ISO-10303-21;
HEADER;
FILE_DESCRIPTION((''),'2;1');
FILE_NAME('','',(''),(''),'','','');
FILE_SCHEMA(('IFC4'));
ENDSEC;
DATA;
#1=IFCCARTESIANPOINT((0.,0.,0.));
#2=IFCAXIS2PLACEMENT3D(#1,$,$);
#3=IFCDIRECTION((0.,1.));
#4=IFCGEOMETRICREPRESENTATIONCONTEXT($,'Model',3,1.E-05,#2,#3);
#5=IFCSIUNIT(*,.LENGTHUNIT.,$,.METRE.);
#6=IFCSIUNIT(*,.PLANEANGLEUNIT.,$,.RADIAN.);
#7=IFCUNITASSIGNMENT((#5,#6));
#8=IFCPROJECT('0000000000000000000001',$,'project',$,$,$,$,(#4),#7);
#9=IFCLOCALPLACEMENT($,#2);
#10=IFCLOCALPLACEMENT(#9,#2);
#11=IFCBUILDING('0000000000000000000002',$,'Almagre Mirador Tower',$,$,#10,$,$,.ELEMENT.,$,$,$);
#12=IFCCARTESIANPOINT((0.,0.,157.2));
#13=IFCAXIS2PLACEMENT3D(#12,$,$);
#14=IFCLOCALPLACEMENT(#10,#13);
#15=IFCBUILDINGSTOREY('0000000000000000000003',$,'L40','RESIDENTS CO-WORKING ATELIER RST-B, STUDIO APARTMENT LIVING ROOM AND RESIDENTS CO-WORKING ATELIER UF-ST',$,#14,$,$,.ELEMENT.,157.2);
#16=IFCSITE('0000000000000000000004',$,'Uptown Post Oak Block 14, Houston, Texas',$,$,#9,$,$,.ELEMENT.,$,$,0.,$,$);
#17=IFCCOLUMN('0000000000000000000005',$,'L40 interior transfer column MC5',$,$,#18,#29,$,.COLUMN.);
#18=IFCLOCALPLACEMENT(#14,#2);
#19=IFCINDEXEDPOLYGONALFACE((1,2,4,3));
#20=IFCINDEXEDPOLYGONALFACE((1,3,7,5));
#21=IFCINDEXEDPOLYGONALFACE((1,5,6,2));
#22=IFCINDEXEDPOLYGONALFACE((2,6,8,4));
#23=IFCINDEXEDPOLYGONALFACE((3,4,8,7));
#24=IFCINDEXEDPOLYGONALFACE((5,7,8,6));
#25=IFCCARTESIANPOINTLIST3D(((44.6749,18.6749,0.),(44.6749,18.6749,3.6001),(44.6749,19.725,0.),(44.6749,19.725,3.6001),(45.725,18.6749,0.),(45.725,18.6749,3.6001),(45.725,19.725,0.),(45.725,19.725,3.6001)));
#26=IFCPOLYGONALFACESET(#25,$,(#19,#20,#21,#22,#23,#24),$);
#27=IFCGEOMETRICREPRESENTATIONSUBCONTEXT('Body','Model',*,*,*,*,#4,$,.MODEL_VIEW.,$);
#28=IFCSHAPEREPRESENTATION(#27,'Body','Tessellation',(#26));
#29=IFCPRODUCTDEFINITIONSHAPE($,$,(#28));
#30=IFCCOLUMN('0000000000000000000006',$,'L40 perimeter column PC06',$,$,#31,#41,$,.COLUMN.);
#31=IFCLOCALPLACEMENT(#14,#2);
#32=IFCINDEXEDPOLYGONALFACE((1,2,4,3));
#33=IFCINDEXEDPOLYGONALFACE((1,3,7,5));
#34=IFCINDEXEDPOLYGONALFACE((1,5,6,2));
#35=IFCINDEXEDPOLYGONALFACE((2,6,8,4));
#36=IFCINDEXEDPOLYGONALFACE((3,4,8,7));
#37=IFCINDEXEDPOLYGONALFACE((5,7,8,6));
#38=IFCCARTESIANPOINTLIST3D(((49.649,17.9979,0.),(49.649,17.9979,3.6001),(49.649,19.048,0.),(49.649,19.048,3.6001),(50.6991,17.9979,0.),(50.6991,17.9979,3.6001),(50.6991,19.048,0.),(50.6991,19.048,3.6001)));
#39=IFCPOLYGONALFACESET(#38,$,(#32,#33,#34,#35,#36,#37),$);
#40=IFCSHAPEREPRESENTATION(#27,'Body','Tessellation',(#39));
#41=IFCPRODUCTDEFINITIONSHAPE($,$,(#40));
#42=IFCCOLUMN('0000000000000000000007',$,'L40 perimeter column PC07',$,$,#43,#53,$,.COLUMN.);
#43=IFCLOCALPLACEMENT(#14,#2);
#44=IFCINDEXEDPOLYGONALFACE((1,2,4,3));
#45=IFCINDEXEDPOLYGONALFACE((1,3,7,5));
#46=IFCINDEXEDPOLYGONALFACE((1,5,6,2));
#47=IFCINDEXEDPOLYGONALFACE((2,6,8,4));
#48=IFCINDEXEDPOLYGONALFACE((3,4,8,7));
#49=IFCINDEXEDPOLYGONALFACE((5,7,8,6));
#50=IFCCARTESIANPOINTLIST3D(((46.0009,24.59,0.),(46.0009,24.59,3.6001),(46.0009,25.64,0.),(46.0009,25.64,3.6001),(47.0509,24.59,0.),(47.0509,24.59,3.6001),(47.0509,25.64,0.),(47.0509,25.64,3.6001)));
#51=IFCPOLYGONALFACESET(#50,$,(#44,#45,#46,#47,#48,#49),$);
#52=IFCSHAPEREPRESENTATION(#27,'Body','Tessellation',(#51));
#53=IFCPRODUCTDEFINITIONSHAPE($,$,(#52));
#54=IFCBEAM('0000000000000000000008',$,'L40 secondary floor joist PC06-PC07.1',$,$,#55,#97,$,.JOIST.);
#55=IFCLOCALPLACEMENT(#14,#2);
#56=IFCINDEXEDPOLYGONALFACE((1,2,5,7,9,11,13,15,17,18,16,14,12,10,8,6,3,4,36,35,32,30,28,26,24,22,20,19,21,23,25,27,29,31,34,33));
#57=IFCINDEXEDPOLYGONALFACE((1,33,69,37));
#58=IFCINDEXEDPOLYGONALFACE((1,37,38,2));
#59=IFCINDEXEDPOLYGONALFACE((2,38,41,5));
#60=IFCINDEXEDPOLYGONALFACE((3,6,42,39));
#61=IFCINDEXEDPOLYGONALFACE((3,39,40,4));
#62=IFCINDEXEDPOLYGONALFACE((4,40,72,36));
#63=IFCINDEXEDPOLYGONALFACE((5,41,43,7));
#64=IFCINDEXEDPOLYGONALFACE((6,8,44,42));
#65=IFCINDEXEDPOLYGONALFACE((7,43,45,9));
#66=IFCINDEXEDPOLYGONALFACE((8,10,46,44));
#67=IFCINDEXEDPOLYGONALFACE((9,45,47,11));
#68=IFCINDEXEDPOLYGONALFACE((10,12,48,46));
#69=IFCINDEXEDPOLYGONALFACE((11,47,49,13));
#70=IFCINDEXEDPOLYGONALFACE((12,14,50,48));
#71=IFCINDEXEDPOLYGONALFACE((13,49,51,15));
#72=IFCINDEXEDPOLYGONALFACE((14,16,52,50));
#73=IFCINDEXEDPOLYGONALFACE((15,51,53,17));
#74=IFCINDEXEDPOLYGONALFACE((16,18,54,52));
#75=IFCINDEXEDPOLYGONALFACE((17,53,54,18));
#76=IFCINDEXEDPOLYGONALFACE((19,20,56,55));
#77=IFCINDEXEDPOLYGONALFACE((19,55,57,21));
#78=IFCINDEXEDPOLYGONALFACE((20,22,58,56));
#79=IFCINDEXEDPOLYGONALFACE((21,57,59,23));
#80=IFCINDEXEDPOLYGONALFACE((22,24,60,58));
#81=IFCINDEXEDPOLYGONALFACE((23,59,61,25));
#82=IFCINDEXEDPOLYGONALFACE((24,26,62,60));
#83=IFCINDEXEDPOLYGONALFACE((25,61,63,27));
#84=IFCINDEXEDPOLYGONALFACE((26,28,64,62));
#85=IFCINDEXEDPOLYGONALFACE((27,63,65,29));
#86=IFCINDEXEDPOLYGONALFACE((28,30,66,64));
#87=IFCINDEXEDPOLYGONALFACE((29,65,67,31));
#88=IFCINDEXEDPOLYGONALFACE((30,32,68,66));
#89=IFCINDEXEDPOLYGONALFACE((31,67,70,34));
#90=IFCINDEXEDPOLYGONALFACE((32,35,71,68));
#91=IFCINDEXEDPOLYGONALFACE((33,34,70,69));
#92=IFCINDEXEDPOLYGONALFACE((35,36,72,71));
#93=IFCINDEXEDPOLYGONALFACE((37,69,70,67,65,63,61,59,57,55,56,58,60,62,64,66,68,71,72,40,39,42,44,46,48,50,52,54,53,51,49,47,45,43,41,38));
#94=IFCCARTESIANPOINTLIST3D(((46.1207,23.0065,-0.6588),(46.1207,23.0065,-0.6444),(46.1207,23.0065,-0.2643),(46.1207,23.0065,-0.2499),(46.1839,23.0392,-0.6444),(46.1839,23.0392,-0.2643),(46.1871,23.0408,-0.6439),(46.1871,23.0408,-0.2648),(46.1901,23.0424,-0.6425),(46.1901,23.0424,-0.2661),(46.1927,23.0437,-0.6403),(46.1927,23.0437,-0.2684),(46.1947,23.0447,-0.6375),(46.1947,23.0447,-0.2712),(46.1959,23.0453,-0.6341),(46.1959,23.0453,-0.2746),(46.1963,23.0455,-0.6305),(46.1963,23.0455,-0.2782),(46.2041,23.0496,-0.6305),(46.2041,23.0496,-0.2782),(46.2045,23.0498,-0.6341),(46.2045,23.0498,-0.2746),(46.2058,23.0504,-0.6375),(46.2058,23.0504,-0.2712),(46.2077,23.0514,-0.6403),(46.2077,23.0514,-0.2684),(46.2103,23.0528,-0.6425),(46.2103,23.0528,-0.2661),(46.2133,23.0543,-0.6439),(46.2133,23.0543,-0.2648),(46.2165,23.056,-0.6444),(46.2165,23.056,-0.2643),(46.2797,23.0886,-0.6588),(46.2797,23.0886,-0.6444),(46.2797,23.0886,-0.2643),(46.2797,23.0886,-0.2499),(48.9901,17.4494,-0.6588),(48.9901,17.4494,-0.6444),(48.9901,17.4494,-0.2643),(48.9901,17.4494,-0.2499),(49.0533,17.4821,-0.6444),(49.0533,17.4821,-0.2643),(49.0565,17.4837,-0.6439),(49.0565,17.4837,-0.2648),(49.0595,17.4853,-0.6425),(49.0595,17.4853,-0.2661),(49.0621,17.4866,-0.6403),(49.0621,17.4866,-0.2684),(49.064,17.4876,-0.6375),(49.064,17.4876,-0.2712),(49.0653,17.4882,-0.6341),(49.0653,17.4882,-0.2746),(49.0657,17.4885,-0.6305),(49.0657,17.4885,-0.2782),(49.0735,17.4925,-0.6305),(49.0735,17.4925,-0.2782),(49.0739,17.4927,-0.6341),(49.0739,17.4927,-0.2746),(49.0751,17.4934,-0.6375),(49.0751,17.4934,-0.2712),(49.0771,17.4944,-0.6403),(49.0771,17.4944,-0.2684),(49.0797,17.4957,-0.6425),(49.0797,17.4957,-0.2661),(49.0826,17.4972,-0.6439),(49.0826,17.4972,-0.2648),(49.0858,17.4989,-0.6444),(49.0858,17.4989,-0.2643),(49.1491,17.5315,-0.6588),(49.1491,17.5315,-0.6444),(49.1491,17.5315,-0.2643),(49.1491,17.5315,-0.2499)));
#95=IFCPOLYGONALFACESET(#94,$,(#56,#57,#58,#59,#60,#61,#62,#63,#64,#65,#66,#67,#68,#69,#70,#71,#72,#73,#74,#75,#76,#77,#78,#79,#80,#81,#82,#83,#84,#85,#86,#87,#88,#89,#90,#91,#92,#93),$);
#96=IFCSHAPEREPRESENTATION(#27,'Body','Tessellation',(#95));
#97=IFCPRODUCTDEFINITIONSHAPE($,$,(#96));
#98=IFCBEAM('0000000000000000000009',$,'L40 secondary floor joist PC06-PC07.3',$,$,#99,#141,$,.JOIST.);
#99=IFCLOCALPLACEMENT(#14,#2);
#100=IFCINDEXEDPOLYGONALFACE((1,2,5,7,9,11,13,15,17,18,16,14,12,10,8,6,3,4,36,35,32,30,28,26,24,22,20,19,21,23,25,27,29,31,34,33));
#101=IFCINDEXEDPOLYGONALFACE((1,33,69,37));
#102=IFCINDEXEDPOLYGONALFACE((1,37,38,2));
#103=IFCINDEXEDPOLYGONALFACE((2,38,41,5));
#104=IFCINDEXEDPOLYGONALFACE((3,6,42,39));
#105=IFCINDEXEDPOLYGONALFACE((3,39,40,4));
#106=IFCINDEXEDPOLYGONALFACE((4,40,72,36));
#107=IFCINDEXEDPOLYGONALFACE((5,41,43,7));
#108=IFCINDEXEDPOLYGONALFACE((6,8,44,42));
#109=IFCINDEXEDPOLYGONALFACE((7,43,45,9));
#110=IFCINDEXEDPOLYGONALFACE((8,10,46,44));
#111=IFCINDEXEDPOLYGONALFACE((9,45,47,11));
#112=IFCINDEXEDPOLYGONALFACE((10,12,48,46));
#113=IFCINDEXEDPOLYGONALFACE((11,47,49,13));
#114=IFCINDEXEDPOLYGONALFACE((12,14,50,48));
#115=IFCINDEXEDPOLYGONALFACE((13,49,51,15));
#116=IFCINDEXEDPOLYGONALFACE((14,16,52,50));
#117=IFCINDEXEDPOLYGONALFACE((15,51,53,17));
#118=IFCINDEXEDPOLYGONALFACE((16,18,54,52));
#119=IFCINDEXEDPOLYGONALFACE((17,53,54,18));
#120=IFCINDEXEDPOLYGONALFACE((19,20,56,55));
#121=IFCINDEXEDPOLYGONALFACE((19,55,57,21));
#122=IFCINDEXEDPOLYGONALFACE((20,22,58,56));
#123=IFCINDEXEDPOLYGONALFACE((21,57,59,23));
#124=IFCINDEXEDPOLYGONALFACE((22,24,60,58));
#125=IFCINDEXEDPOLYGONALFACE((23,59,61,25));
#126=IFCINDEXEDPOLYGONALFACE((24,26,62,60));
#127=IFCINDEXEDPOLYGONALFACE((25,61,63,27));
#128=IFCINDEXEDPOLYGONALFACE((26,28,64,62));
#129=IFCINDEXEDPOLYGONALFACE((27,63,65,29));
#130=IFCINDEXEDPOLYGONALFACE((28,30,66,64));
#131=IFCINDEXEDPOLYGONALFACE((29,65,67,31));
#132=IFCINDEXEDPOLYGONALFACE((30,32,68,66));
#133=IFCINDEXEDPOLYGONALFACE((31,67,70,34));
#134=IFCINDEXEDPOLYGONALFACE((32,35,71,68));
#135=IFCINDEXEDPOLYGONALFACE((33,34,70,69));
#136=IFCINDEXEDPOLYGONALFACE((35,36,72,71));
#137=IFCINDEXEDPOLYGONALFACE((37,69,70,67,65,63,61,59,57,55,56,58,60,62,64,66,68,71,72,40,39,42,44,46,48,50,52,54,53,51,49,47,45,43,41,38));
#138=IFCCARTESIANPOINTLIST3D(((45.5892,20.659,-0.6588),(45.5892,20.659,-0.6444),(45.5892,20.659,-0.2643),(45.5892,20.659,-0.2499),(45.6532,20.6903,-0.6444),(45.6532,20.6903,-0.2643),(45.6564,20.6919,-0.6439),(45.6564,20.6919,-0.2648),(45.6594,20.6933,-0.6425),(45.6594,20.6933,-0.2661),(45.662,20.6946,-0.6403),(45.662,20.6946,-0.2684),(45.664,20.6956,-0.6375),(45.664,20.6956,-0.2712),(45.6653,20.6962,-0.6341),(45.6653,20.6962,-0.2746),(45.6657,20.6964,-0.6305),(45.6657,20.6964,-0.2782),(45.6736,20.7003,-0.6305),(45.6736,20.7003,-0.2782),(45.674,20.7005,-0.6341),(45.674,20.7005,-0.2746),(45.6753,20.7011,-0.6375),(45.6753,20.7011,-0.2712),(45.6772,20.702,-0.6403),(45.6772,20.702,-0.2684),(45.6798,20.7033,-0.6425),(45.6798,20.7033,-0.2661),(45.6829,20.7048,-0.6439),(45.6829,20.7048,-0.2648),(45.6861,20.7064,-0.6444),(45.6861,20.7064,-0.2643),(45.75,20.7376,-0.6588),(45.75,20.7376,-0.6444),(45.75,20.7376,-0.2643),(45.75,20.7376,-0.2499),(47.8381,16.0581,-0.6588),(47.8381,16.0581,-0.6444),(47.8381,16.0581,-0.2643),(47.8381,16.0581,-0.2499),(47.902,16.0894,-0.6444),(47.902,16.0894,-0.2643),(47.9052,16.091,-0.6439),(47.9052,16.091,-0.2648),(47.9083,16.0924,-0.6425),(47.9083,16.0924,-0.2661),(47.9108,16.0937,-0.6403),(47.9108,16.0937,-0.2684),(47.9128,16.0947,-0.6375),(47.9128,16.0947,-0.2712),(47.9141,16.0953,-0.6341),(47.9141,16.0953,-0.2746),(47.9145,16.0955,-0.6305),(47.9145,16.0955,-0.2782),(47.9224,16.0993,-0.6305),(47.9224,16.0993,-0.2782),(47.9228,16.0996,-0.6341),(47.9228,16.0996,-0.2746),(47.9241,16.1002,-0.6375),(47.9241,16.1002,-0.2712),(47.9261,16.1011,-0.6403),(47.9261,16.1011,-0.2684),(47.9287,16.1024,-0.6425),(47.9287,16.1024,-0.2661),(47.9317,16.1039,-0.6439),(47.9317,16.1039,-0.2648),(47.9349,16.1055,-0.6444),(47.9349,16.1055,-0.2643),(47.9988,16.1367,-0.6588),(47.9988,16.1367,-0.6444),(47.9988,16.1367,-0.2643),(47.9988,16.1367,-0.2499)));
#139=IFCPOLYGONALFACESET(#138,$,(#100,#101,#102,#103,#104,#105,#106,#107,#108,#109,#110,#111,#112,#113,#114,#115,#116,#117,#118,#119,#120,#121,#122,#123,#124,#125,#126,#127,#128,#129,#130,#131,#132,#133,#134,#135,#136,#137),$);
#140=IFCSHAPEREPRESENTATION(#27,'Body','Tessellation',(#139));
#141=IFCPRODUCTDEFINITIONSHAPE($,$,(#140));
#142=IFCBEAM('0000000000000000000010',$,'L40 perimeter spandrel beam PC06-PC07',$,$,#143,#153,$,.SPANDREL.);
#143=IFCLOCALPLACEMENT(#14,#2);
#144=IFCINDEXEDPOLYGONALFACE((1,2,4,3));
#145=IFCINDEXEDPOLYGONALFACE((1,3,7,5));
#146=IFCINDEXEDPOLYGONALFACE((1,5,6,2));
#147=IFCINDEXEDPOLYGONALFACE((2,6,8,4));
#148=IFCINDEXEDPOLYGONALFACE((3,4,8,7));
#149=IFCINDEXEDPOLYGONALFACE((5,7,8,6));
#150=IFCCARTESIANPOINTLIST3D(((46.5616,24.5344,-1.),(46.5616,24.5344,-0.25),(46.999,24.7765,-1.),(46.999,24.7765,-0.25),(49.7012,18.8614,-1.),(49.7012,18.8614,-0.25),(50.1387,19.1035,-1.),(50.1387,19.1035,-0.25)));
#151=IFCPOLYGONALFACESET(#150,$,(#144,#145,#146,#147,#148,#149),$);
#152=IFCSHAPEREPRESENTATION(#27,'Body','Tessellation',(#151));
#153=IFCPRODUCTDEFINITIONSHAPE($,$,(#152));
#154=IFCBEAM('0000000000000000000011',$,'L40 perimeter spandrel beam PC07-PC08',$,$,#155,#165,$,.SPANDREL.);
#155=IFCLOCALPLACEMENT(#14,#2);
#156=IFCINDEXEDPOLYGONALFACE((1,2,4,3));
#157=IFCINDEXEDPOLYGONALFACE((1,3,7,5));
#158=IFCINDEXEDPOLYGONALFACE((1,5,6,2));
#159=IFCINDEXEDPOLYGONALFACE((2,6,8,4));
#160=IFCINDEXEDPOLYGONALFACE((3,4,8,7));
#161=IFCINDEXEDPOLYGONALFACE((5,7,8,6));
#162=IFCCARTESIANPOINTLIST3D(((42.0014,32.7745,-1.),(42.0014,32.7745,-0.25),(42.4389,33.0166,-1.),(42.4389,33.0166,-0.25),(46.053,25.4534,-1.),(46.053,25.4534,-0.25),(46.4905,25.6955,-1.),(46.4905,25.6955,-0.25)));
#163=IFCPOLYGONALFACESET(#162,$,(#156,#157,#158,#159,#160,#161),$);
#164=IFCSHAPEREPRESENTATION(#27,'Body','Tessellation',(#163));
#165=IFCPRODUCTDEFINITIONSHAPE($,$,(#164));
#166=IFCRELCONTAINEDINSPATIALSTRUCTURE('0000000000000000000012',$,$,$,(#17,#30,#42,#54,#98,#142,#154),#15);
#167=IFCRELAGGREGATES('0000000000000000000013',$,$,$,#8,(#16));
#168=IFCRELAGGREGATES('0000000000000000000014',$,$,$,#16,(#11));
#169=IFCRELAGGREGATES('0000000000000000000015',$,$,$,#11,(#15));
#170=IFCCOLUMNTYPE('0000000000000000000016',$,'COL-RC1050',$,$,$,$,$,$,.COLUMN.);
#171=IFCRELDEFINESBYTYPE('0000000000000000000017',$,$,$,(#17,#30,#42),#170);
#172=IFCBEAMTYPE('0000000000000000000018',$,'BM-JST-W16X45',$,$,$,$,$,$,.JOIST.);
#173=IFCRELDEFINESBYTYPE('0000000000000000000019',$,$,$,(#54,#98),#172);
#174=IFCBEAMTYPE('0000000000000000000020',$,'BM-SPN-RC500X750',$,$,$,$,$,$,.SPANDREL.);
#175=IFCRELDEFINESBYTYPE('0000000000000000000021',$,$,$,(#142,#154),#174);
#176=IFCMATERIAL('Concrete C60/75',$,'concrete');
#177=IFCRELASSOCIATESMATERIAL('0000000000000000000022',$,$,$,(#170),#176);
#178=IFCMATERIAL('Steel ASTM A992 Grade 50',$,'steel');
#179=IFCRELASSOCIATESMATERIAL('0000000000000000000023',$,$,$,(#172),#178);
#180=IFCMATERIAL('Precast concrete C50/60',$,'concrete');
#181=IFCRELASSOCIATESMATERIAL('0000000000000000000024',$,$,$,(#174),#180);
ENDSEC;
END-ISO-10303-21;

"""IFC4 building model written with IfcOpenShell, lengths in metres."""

from ifc_helpers import new_model, si_unit, direction, frame, origin, origin_2d, place, context, subcontext, project, spatial, rectangle, i_section, extrude, material, material_profile, profile_set, type_object, element, save


model = new_model("IFC4")

# Units and contexts
model_context = context("Model", 3, precision=1e-05, world=origin(), true_north=direction((0.0, 1.0)))
body_context = subcontext(model_context, "Body", "Model", "MODEL_VIEW")
ifc_project = project(units=[si_unit("LENGTHUNIT", "METRE"), si_unit("PLANEANGLEUNIT", "RADIAN")], contexts=[model_context])

# Site, building, storey
site_placement = place(None, origin())
site = spatial("IfcSite", under=ifc_project, at=site_placement, Name="Uptown Post Oak Block 14, Houston, Texas", CompositionType="ELEMENT", RefElevation=0.0)
building_placement = place(site_placement, origin())
building = spatial("IfcBuilding", under=site, at=building_placement, Name="Almagre Mirador Tower", CompositionType="ELEMENT")
storey_placement = place(building_placement, frame((0.0, 0.0, 157.2)))
storey = spatial("IfcBuildingStorey", under=building, at=storey_placement, Name="L40", Description="RESIDENTS CO-WORKING ATELIER RST-B, STUDIO APARTMENT LIVING ROOM AND RESIDENTS CO-WORKING ATELIER UF-ST", CompositionType="ELEMENT", Elevation=157.2)

# Columns
ifc_material_1 = material(Name="Concrete C60/75", Category="concrete")
ifc_material_profile_1 = material_profile(ifc_material_1, rectangle(XDim=1.05, YDim=1.05, at=origin_2d()), Name="RC1050X1050")
ifc_profile_set_1 = profile_set([ifc_material_profile_1], Name="Concrete C60/75")
column_type = type_object("IfcColumnType", Name="COL-RC1050", PredefinedType="COLUMN", material=ifc_profile_set_1)
for number, where, z_axis, x_axis, name in (
    (1, (45.2, 19.2, 0.0), (0.0, 0.0, 1.0), (1.0, 0.0, 0.0), "L40 interior transfer column MC5"),
    (2, (50.1741, 18.5229, 0.0), (0.0, 0.0, 1.0), (1.0, 0.0, 0.0), "L40 perimeter column PC06"),
    (3, (46.5259, 25.115, 0.0), (0.0, 0.0, 1.0), (1.0, 0.0, 0.0), "L40 perimeter column PC07"),
):
    element("IfcColumn", number, at=place(storey_placement, frame(where, z_axis=z_axis, x_axis=x_axis)), inside=storey, type_object=column_type, Name=name, PredefinedType="COLUMN", context=body_context, shape_type="SweptSolid", body=[
        extrude(rectangle(XDim=1.05, YDim=1.05, at=origin_2d()), origin(), (0.0, 0.0, 1.0), 3.6001),
    ])

# Beams
ifc_material_2 = material(Name="Steel ASTM A992 Grade 50", Category="steel")
ifc_material_profile_2 = material_profile(ifc_material_2, i_section(OverallWidth=0.179, OverallDepth=0.4089, WebThickness=0.0088, FlangeThickness=0.0144, FilletRadius=0.0139, at=origin_2d()), Name="W16X45")
ifc_profile_set_2 = profile_set([ifc_material_profile_2], Name="Steel ASTM A992 Grade 50")
beam_type_1 = type_object("IfcBeamType", Name="BM-JST-W16X45", PredefinedType="JOIST", material=ifc_profile_set_2)
beam_1_placement = place(storey_placement, frame((49.0696, 17.4905, -0.4543), z_axis=(-0.458793, 0.888543, 0.0), x_axis=(-0.888543, -0.458793, 0.0)))
element("IfcBeam", 4, at=beam_1_placement, inside=storey, type_object=beam_type_1, Name="L40 secondary floor joist PC06-PC07.1", PredefinedType="JOIST", context=body_context, shape_type="SweptSolid", body=[
    extrude(i_section(OverallWidth=0.179, OverallDepth=0.4089, WebThickness=0.0088, FlangeThickness=0.0144, FilletRadius=0.0139, at=origin_2d()), origin(), (0.0, 0.0, 1.0), 6.2542),
])
beam_2_placement = place(storey_placement, frame((47.9185, 16.0974, -0.4543), z_axis=(-0.439129, 0.898424, 0.0), x_axis=(-0.898424, -0.439129, 0.0)))
element("IfcBeam", 5, at=beam_2_placement, inside=storey, type_object=beam_type_1, Name="L40 secondary floor joist PC06-PC07.3", PredefinedType="JOIST", context=body_context, shape_type="SweptSolid", body=[
    extrude(i_section(OverallWidth=0.179, OverallDepth=0.4089, WebThickness=0.0088, FlangeThickness=0.0144, FilletRadius=0.0139, at=origin_2d()), origin(), (0.0, 0.0, 1.0), 5.1211),
])
ifc_material_3 = material(Name="Precast concrete C50/60", Category="concrete")
ifc_material_profile_3 = material_profile(ifc_material_3, rectangle(XDim=0.5, YDim=0.75, at=origin_2d()), Name="RC500X750")
ifc_profile_set_3 = profile_set([ifc_material_profile_3], Name="Precast concrete C50/60")
beam_type_2 = type_object("IfcBeamType", Name="BM-SPN-RC500X750", PredefinedType="SPANDREL", material=ifc_profile_set_3)
beam_3_placement = place(storey_placement, frame((49.9199, 18.9824, -0.625), z_axis=(-0.48422, 0.874946, 0.0), x_axis=(-0.874946, -0.48422, 0.0)))
element("IfcBeam", 6, at=beam_3_placement, inside=storey, type_object=beam_type_2, Name="L40 perimeter spandrel beam PC06-PC07", PredefinedType="SPANDREL", context=body_context, shape_type="SweptSolid", body=[
    extrude(rectangle(XDim=0.5, YDim=0.75, at=origin_2d()), origin(), (0.0, 0.0, 1.0), 6.4839),
])
beam_4_placement = place(storey_placement, frame((46.2717, 25.5745, -0.625), z_axis=(-0.484205, 0.874954, 0.0), x_axis=(-0.874954, -0.484205, 0.0)))
element("IfcBeam", 7, at=beam_4_placement, inside=storey, type_object=beam_type_2, Name="L40 perimeter spandrel beam PC07-PC08", PredefinedType="SPANDREL", context=body_context, shape_type="SweptSolid", body=[
    extrude(rectangle(XDim=0.5, YDim=0.75, at=origin_2d()), origin(), (0.0, 0.0, 1.0), 8.3674),
])

save(model, "model.ifc")
